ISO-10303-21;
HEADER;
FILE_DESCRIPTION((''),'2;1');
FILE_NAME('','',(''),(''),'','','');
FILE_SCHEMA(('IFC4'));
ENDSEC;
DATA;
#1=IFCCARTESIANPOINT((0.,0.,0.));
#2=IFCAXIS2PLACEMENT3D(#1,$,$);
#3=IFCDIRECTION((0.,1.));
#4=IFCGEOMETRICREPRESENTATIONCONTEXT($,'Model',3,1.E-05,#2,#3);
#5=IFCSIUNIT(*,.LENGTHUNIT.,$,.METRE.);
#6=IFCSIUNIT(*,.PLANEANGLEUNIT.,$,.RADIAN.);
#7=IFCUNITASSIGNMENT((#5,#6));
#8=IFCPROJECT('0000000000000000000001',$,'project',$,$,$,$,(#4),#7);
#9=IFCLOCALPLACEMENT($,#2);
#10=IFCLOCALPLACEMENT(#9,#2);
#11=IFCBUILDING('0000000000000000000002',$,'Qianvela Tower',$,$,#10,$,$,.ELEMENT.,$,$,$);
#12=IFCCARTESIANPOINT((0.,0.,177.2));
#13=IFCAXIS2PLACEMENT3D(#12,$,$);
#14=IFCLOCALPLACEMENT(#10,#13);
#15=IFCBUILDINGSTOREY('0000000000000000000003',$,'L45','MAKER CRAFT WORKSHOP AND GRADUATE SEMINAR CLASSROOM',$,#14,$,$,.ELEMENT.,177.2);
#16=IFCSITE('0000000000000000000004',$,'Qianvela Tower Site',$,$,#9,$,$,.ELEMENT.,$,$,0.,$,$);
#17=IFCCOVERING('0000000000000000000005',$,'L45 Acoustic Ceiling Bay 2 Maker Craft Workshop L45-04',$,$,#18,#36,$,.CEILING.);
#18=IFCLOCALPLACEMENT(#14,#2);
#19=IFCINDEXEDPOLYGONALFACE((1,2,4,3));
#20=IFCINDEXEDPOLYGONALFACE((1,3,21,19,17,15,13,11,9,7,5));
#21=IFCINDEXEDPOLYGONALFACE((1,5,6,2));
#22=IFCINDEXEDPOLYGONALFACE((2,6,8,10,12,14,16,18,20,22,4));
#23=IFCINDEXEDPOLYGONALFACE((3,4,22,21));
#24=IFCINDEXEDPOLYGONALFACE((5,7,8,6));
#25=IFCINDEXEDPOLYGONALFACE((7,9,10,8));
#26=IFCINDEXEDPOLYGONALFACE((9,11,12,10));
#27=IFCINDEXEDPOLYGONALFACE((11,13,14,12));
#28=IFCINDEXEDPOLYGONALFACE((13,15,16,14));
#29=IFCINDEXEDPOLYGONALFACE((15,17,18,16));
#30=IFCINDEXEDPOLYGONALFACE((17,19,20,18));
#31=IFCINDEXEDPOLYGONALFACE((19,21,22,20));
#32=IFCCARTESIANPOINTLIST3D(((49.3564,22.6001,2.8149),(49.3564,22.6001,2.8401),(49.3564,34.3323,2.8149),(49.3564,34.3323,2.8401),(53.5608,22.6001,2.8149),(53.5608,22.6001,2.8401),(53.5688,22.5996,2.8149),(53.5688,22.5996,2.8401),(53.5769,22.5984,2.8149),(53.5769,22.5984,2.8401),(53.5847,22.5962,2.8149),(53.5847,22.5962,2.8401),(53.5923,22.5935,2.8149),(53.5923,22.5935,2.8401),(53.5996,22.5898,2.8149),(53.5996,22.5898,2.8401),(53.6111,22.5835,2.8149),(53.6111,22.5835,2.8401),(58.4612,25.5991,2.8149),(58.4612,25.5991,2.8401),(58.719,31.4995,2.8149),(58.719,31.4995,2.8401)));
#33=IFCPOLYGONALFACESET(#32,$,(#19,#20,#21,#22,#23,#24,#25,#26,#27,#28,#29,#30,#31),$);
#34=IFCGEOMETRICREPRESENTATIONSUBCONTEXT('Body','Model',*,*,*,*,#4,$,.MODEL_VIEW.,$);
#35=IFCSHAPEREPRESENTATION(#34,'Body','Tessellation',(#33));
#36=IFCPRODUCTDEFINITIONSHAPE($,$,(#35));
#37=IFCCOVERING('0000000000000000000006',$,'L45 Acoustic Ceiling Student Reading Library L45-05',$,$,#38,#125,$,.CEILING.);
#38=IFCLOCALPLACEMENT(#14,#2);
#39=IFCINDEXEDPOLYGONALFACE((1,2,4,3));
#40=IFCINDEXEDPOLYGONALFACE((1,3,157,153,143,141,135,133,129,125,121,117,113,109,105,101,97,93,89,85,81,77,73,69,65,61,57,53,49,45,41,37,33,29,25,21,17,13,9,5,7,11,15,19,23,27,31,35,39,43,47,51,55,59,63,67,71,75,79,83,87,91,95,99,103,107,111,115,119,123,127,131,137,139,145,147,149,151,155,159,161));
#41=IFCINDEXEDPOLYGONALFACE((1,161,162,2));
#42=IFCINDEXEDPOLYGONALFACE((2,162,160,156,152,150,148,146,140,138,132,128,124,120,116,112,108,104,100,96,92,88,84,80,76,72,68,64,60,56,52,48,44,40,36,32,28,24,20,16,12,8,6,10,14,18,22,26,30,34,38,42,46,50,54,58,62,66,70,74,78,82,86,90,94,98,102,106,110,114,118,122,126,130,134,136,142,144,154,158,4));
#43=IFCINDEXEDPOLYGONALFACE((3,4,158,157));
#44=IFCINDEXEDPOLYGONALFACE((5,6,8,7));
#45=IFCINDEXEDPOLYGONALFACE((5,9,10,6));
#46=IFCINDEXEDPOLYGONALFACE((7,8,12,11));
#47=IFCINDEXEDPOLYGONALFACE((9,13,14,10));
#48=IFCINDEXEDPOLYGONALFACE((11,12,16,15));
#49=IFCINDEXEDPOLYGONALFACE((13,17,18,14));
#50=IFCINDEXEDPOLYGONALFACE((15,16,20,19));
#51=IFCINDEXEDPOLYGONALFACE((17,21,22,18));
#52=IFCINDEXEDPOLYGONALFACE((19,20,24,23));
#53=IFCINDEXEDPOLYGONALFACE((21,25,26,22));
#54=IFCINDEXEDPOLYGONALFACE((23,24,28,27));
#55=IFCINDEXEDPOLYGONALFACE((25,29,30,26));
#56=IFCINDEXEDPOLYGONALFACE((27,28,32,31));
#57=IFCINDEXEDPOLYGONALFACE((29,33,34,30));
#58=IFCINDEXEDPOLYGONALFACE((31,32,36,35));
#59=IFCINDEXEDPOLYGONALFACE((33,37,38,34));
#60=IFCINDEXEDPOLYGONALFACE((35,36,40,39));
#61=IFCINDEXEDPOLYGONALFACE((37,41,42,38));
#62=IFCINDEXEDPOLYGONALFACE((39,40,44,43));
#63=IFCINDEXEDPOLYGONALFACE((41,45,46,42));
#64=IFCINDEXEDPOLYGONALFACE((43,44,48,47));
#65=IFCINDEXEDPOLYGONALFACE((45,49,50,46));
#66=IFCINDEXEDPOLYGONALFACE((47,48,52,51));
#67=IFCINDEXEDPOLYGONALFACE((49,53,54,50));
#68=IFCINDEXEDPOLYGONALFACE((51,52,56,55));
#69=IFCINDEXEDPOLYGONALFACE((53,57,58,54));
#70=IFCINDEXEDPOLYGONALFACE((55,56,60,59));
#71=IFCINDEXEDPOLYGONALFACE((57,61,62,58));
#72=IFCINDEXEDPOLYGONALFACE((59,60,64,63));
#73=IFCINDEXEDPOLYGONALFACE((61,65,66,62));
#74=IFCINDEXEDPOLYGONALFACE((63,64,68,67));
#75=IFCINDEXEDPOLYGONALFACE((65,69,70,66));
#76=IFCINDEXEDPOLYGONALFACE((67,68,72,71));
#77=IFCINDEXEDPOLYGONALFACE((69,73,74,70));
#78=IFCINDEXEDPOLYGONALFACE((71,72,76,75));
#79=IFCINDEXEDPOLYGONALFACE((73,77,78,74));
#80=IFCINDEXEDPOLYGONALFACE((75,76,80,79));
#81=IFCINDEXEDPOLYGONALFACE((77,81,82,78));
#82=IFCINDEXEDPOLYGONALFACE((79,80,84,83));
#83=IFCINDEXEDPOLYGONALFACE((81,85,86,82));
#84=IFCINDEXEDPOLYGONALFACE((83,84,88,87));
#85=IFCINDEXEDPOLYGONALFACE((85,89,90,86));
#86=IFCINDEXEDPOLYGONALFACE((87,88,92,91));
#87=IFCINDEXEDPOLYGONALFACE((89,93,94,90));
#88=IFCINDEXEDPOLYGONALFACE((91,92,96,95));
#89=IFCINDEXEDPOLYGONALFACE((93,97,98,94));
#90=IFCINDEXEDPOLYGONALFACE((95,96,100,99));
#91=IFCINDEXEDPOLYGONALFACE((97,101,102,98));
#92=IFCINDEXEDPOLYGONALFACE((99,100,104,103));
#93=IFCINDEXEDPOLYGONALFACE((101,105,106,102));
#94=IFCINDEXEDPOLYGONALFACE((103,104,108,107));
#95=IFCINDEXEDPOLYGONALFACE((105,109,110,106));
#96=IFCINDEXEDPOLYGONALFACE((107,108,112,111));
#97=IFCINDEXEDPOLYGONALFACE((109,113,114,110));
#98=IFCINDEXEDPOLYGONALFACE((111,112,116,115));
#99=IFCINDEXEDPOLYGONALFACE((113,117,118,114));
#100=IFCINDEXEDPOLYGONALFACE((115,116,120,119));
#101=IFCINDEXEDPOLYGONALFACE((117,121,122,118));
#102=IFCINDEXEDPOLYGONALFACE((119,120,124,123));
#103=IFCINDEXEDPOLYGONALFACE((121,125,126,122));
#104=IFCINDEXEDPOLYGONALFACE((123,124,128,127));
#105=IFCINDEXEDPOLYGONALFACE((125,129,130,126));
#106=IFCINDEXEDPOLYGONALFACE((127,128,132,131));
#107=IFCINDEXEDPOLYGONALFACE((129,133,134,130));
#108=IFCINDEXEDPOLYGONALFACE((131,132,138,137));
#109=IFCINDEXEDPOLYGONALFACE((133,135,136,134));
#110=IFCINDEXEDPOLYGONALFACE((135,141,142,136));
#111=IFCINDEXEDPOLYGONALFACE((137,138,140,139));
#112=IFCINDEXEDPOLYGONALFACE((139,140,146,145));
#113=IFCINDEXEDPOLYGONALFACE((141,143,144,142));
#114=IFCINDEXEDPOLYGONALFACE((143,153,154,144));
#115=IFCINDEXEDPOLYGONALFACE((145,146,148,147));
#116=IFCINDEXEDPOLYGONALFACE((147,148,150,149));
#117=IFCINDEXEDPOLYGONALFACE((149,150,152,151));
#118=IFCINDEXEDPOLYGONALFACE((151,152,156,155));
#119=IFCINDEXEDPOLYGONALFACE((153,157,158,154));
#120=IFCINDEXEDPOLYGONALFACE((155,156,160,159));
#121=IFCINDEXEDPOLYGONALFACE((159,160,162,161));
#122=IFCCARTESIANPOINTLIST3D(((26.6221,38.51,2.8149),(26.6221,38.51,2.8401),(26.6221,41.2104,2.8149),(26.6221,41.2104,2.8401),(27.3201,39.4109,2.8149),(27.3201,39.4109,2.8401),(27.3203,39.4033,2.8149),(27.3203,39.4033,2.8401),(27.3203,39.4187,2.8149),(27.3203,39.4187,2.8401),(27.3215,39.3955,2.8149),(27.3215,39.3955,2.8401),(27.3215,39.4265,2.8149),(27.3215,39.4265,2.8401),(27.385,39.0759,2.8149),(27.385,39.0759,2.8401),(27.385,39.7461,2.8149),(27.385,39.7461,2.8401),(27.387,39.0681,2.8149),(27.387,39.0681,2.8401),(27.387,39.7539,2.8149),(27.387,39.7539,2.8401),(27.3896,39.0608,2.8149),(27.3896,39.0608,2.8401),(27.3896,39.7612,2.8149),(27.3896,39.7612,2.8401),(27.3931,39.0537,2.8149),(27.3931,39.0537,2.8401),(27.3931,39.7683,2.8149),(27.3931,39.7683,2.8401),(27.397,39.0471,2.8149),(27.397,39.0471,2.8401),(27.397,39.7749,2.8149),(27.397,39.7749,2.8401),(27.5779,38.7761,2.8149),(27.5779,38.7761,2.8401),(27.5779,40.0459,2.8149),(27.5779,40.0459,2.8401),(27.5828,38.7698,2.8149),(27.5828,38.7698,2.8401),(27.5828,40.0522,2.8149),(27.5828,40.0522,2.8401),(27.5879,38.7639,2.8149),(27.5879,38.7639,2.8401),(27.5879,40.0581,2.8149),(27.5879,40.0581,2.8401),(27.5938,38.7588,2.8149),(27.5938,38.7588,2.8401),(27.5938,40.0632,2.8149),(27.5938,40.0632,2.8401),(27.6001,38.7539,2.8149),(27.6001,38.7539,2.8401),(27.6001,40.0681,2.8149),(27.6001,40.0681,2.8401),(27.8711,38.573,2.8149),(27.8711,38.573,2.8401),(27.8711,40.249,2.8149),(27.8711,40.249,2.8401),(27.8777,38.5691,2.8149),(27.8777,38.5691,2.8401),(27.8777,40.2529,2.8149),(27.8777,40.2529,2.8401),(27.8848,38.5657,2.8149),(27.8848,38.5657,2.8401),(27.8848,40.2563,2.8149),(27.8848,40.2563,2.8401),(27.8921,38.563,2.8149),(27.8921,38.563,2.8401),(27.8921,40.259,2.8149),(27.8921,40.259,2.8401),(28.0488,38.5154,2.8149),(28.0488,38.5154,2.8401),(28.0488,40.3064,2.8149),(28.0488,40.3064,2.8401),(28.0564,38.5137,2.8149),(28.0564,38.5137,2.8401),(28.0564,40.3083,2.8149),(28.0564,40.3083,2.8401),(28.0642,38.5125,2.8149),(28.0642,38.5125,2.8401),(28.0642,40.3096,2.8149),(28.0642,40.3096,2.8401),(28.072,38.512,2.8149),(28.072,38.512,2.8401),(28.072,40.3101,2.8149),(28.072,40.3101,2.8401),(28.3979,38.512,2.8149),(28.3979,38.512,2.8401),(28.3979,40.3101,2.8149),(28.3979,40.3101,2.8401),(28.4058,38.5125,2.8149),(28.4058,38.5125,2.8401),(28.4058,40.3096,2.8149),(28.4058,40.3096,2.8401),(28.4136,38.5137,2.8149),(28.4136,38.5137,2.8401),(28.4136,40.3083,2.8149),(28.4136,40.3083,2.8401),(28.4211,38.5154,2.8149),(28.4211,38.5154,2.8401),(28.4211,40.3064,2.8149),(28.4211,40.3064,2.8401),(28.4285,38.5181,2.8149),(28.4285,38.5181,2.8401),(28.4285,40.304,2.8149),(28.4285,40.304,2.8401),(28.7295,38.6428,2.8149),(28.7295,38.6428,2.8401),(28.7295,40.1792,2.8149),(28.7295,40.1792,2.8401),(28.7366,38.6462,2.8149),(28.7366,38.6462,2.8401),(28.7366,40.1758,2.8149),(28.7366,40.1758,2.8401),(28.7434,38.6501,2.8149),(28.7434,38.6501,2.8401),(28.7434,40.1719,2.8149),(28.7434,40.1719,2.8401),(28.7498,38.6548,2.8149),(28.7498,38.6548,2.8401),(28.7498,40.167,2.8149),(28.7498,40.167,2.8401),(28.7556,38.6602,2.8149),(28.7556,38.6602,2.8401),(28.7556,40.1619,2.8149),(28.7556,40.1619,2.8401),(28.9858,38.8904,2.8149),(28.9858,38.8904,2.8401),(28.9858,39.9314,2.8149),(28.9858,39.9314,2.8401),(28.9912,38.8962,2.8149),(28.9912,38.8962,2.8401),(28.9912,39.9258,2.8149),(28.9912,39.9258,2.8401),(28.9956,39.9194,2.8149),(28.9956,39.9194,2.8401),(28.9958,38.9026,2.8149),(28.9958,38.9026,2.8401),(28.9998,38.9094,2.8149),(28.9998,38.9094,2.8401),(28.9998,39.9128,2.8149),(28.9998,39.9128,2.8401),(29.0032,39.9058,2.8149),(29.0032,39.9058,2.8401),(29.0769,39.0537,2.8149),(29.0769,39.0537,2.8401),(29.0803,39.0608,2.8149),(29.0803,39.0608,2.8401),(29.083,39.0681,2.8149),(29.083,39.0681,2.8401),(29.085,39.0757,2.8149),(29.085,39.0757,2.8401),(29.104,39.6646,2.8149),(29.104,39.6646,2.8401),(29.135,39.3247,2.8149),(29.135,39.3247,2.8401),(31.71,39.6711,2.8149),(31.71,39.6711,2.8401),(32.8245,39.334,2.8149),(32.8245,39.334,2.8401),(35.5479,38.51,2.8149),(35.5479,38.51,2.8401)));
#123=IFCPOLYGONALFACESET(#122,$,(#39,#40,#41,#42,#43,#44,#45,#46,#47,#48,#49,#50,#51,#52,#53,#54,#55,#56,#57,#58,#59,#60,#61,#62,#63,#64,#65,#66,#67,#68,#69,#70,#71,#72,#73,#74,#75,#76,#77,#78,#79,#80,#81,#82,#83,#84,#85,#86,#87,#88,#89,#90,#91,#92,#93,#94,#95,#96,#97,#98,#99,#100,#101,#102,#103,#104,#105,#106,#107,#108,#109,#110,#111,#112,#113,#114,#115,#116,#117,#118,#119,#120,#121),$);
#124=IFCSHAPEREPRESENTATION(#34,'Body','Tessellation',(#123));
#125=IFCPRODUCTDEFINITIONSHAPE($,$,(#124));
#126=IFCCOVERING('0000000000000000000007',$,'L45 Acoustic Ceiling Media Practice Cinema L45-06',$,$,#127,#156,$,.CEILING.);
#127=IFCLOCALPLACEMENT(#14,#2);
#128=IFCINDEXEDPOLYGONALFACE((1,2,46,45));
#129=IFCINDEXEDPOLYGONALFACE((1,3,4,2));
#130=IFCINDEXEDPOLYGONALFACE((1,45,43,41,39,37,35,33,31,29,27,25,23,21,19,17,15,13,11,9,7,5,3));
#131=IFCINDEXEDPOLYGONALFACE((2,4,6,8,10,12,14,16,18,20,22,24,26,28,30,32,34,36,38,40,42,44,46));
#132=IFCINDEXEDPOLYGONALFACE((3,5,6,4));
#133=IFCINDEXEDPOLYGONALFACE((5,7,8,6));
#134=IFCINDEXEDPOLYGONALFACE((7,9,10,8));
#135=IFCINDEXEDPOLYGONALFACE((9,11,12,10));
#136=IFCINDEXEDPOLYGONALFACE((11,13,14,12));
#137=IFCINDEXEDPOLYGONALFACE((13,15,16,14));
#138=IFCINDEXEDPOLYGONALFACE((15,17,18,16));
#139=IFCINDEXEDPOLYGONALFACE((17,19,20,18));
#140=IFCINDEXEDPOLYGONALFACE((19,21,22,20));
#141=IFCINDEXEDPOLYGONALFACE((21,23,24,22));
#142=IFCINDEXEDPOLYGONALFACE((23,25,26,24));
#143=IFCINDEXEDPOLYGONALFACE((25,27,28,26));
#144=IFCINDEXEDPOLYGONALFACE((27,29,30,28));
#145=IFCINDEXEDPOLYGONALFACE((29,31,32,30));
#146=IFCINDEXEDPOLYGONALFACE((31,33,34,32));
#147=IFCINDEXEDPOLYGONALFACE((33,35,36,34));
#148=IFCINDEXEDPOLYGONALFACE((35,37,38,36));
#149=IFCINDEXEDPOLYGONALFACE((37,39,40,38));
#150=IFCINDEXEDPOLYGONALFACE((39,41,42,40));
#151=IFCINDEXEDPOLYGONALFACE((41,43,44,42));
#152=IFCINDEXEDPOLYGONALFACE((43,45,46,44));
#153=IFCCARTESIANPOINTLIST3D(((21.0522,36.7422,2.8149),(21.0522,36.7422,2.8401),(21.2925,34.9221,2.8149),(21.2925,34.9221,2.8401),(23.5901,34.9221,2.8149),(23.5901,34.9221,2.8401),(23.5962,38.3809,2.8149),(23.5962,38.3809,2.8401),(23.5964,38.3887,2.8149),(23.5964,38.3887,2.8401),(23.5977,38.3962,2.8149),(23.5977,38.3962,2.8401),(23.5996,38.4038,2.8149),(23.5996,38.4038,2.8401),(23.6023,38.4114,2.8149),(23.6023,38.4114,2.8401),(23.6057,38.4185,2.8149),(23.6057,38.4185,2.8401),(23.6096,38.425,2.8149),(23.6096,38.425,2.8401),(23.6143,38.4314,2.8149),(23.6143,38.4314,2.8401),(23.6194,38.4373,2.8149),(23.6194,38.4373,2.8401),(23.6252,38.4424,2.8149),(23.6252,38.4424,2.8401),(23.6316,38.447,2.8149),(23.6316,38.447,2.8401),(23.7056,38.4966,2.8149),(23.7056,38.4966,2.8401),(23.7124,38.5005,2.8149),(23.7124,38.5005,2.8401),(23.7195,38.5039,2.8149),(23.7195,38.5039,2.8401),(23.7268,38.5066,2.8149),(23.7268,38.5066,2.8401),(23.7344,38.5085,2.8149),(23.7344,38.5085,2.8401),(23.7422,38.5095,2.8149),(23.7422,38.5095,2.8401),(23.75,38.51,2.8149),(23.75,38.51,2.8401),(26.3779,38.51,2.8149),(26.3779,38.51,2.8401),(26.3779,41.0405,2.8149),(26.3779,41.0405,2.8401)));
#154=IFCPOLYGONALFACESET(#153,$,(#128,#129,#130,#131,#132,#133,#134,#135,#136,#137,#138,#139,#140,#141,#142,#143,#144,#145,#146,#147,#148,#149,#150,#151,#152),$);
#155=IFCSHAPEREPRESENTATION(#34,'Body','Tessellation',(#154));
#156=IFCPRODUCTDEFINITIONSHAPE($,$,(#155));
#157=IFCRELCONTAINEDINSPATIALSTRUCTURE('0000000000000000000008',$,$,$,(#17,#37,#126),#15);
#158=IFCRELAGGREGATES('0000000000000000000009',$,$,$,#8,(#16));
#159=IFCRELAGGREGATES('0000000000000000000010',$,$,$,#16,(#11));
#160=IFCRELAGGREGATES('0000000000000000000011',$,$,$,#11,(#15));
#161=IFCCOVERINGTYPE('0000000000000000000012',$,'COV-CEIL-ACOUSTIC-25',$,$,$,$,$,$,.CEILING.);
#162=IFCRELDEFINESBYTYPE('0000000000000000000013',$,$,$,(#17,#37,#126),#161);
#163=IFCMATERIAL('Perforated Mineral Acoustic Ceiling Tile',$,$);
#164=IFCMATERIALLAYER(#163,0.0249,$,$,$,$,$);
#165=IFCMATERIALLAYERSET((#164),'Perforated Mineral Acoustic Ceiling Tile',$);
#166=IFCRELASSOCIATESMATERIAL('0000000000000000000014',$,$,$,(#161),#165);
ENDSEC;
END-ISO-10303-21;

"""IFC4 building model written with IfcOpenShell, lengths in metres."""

from ifc_helpers import new_model, si_unit, direction, frame, origin, place, context, subcontext, project, spatial, polyline, outline, extrude, material, layer, layer_set, type_object, element, save


model = new_model("IFC4")

# Units and contexts
model_context = context("Model", 3, precision=1e-05, world=origin(), true_north=direction((0.0, 1.0)))
body_context = subcontext(model_context, "Body", "Model", "MODEL_VIEW")
ifc_project = project(units=[si_unit("LENGTHUNIT", "METRE"), si_unit("PLANEANGLEUNIT", "RADIAN")], contexts=[model_context])

# Site, building, storey
site_placement = place(None, origin())
site = spatial("IfcSite", under=ifc_project, at=site_placement, Name="Qianvela Tower Site", CompositionType="ELEMENT", RefElevation=0.0)
building_placement = place(site_placement, origin())
building = spatial("IfcBuilding", under=site, at=building_placement, Name="Qianvela Tower", CompositionType="ELEMENT")
storey_placement = place(building_placement, frame((0.0, 0.0, 177.2)))
storey = spatial("IfcBuildingStorey", under=building, at=storey_placement, Name="L45", Description="MAKER CRAFT WORKSHOP AND GRADUATE SEMINAR CLASSROOM", CompositionType="ELEMENT", Elevation=177.2)

# Coverings
ifc_material_1 = material(Name="Perforated Mineral Acoustic Ceiling Tile")
ifc_layer_1 = layer(ifc_material_1, 0.0249)
ifc_layer_set_1 = layer_set([ifc_layer_1], Name="Perforated Mineral Acoustic Ceiling Tile")
covering_type_1 = type_object("IfcCoveringType", Name="COV-CEIL-ACOUSTIC-25", PredefinedType="CEILING", material=ifc_layer_set_1)
covering_1_placement = place(storey_placement, frame((0.0, 0.0, 2.8149)))
element("IfcCovering", 1, at=covering_1_placement, inside=storey, type_object=covering_type_1, Name="L45 Acoustic Ceiling Bay 2 Maker Craft Workshop L45-04", PredefinedType="CEILING", context=body_context, shape_type="SweptSolid", body=[
    extrude(outline(polyline([(58.719, 31.4995), (58.4612, 25.5991), (53.6111, 22.5835), (53.5996, 22.5898), (53.5923, 22.5935), (53.5847, 22.5962), (53.5769, 22.5984), (53.5688, 22.5996), (53.5608, 22.6001), (49.3564, 22.6001), (49.3564, 34.3323), (58.719, 31.4995)])), origin(), (0.0, 0.0, 1.0), 0.0251),
])
covering_2_placement = place(storey_placement, frame((0.0, 0.0, 2.8149)))
element("IfcCovering", 2, at=covering_2_placement, inside=storey, type_object=covering_type_1, Name="L45 Acoustic Ceiling Student Reading Library L45-05", PredefinedType="CEILING", context=body_context, shape_type="SweptSolid", body=[
    extrude(outline(polyline([(26.6221, 41.2104), (31.71, 39.6711), (29.104, 39.6646), (29.0032, 39.9058), (28.9998, 39.9128), (28.9956, 39.9194), (28.9912, 39.9258), (28.9858, 39.9314), (28.7556, 40.1619), (28.7498, 40.167), (28.7434, 40.1719), (28.7366, 40.1758), (28.7295, 40.1792), (28.4285, 40.304), (28.4211, 40.3064), (28.4136, 40.3083), (28.4058, 40.3096), (28.3979, 40.3101), (28.072, 40.3101), (28.0642, 40.3096), (28.0564, 40.3083), (28.0488, 40.3064), (27.8921, 40.259), (27.8848, 40.2563), (27.8777, 40.2529), (27.8711, 40.249), (27.6001, 40.0681), (27.5938, 40.0632), (27.5879, 40.0581), (27.5828, 40.0522), (27.5779, 40.0459), (27.397, 39.7749), (27.3931, 39.7683), (27.3896, 39.7612), (27.387, 39.7539), (27.385, 39.7461), (27.3215, 39.4265), (27.3203, 39.4187), (27.3201, 39.4109), (27.3203, 39.4033), (27.3215, 39.3955), (27.385, 39.0759), (27.387, 39.0681), (27.3896, 39.0608), (27.3931, 39.0537), (27.397, 39.0471), (27.5779, 38.7761), (27.5828, 38.7698), (27.5879, 38.7639), (27.5938, 38.7588), (27.6001, 38.7539), (27.8711, 38.573), (27.8777, 38.5691), (27.8848, 38.5657), (27.8921, 38.563), (28.0488, 38.5154), (28.0564, 38.5137), (28.0642, 38.5125), (28.072, 38.512), (28.3979, 38.512), (28.4058, 38.5125), (28.4136, 38.5137), (28.4211, 38.5154), (28.4285, 38.5181), (28.7295, 38.6428), (28.7366, 38.6462), (28.7434, 38.6501), (28.7498, 38.6548), (28.7556, 38.6602), (28.9858, 38.8904), (28.9912, 38.8962), (28.9958, 38.9026), (28.9998, 38.9094), (29.0769, 39.0537), (29.0803, 39.0608), (29.083, 39.0681), (29.085, 39.0757), (29.135, 39.3247), (32.8245, 39.334), (35.5479, 38.51), (26.6221, 38.51), (26.6221, 41.2104)])), origin(), (0.0, 0.0, 1.0), 0.0251),
])
covering_3_placement = place(storey_placement, frame((0.0, 0.0, 2.8149)))
element("IfcCovering", 3, at=covering_3_placement, inside=storey, type_object=covering_type_1, Name="L45 Acoustic Ceiling Media Practice Cinema L45-06", PredefinedType="CEILING", context=body_context, shape_type="SweptSolid", body=[
    extrude(outline(polyline([(26.3779, 41.0405), (26.3779, 38.51), (23.75, 38.51), (23.7422, 38.5095), (23.7344, 38.5085), (23.7268, 38.5066), (23.7195, 38.5039), (23.7124, 38.5005), (23.7056, 38.4966), (23.6316, 38.447), (23.6252, 38.4424), (23.6194, 38.4373), (23.6143, 38.4314), (23.6096, 38.425), (23.6057, 38.4185), (23.6023, 38.4114), (23.5996, 38.4038), (23.5977, 38.3962), (23.5964, 38.3887), (23.5962, 38.3809), (23.5901, 34.9221), (21.2925, 34.9221), (21.0522, 36.7422), (26.3779, 41.0405)])), origin(), (0.0, 0.0, 1.0), 0.0251),
])

save(model, "model.ifc")
